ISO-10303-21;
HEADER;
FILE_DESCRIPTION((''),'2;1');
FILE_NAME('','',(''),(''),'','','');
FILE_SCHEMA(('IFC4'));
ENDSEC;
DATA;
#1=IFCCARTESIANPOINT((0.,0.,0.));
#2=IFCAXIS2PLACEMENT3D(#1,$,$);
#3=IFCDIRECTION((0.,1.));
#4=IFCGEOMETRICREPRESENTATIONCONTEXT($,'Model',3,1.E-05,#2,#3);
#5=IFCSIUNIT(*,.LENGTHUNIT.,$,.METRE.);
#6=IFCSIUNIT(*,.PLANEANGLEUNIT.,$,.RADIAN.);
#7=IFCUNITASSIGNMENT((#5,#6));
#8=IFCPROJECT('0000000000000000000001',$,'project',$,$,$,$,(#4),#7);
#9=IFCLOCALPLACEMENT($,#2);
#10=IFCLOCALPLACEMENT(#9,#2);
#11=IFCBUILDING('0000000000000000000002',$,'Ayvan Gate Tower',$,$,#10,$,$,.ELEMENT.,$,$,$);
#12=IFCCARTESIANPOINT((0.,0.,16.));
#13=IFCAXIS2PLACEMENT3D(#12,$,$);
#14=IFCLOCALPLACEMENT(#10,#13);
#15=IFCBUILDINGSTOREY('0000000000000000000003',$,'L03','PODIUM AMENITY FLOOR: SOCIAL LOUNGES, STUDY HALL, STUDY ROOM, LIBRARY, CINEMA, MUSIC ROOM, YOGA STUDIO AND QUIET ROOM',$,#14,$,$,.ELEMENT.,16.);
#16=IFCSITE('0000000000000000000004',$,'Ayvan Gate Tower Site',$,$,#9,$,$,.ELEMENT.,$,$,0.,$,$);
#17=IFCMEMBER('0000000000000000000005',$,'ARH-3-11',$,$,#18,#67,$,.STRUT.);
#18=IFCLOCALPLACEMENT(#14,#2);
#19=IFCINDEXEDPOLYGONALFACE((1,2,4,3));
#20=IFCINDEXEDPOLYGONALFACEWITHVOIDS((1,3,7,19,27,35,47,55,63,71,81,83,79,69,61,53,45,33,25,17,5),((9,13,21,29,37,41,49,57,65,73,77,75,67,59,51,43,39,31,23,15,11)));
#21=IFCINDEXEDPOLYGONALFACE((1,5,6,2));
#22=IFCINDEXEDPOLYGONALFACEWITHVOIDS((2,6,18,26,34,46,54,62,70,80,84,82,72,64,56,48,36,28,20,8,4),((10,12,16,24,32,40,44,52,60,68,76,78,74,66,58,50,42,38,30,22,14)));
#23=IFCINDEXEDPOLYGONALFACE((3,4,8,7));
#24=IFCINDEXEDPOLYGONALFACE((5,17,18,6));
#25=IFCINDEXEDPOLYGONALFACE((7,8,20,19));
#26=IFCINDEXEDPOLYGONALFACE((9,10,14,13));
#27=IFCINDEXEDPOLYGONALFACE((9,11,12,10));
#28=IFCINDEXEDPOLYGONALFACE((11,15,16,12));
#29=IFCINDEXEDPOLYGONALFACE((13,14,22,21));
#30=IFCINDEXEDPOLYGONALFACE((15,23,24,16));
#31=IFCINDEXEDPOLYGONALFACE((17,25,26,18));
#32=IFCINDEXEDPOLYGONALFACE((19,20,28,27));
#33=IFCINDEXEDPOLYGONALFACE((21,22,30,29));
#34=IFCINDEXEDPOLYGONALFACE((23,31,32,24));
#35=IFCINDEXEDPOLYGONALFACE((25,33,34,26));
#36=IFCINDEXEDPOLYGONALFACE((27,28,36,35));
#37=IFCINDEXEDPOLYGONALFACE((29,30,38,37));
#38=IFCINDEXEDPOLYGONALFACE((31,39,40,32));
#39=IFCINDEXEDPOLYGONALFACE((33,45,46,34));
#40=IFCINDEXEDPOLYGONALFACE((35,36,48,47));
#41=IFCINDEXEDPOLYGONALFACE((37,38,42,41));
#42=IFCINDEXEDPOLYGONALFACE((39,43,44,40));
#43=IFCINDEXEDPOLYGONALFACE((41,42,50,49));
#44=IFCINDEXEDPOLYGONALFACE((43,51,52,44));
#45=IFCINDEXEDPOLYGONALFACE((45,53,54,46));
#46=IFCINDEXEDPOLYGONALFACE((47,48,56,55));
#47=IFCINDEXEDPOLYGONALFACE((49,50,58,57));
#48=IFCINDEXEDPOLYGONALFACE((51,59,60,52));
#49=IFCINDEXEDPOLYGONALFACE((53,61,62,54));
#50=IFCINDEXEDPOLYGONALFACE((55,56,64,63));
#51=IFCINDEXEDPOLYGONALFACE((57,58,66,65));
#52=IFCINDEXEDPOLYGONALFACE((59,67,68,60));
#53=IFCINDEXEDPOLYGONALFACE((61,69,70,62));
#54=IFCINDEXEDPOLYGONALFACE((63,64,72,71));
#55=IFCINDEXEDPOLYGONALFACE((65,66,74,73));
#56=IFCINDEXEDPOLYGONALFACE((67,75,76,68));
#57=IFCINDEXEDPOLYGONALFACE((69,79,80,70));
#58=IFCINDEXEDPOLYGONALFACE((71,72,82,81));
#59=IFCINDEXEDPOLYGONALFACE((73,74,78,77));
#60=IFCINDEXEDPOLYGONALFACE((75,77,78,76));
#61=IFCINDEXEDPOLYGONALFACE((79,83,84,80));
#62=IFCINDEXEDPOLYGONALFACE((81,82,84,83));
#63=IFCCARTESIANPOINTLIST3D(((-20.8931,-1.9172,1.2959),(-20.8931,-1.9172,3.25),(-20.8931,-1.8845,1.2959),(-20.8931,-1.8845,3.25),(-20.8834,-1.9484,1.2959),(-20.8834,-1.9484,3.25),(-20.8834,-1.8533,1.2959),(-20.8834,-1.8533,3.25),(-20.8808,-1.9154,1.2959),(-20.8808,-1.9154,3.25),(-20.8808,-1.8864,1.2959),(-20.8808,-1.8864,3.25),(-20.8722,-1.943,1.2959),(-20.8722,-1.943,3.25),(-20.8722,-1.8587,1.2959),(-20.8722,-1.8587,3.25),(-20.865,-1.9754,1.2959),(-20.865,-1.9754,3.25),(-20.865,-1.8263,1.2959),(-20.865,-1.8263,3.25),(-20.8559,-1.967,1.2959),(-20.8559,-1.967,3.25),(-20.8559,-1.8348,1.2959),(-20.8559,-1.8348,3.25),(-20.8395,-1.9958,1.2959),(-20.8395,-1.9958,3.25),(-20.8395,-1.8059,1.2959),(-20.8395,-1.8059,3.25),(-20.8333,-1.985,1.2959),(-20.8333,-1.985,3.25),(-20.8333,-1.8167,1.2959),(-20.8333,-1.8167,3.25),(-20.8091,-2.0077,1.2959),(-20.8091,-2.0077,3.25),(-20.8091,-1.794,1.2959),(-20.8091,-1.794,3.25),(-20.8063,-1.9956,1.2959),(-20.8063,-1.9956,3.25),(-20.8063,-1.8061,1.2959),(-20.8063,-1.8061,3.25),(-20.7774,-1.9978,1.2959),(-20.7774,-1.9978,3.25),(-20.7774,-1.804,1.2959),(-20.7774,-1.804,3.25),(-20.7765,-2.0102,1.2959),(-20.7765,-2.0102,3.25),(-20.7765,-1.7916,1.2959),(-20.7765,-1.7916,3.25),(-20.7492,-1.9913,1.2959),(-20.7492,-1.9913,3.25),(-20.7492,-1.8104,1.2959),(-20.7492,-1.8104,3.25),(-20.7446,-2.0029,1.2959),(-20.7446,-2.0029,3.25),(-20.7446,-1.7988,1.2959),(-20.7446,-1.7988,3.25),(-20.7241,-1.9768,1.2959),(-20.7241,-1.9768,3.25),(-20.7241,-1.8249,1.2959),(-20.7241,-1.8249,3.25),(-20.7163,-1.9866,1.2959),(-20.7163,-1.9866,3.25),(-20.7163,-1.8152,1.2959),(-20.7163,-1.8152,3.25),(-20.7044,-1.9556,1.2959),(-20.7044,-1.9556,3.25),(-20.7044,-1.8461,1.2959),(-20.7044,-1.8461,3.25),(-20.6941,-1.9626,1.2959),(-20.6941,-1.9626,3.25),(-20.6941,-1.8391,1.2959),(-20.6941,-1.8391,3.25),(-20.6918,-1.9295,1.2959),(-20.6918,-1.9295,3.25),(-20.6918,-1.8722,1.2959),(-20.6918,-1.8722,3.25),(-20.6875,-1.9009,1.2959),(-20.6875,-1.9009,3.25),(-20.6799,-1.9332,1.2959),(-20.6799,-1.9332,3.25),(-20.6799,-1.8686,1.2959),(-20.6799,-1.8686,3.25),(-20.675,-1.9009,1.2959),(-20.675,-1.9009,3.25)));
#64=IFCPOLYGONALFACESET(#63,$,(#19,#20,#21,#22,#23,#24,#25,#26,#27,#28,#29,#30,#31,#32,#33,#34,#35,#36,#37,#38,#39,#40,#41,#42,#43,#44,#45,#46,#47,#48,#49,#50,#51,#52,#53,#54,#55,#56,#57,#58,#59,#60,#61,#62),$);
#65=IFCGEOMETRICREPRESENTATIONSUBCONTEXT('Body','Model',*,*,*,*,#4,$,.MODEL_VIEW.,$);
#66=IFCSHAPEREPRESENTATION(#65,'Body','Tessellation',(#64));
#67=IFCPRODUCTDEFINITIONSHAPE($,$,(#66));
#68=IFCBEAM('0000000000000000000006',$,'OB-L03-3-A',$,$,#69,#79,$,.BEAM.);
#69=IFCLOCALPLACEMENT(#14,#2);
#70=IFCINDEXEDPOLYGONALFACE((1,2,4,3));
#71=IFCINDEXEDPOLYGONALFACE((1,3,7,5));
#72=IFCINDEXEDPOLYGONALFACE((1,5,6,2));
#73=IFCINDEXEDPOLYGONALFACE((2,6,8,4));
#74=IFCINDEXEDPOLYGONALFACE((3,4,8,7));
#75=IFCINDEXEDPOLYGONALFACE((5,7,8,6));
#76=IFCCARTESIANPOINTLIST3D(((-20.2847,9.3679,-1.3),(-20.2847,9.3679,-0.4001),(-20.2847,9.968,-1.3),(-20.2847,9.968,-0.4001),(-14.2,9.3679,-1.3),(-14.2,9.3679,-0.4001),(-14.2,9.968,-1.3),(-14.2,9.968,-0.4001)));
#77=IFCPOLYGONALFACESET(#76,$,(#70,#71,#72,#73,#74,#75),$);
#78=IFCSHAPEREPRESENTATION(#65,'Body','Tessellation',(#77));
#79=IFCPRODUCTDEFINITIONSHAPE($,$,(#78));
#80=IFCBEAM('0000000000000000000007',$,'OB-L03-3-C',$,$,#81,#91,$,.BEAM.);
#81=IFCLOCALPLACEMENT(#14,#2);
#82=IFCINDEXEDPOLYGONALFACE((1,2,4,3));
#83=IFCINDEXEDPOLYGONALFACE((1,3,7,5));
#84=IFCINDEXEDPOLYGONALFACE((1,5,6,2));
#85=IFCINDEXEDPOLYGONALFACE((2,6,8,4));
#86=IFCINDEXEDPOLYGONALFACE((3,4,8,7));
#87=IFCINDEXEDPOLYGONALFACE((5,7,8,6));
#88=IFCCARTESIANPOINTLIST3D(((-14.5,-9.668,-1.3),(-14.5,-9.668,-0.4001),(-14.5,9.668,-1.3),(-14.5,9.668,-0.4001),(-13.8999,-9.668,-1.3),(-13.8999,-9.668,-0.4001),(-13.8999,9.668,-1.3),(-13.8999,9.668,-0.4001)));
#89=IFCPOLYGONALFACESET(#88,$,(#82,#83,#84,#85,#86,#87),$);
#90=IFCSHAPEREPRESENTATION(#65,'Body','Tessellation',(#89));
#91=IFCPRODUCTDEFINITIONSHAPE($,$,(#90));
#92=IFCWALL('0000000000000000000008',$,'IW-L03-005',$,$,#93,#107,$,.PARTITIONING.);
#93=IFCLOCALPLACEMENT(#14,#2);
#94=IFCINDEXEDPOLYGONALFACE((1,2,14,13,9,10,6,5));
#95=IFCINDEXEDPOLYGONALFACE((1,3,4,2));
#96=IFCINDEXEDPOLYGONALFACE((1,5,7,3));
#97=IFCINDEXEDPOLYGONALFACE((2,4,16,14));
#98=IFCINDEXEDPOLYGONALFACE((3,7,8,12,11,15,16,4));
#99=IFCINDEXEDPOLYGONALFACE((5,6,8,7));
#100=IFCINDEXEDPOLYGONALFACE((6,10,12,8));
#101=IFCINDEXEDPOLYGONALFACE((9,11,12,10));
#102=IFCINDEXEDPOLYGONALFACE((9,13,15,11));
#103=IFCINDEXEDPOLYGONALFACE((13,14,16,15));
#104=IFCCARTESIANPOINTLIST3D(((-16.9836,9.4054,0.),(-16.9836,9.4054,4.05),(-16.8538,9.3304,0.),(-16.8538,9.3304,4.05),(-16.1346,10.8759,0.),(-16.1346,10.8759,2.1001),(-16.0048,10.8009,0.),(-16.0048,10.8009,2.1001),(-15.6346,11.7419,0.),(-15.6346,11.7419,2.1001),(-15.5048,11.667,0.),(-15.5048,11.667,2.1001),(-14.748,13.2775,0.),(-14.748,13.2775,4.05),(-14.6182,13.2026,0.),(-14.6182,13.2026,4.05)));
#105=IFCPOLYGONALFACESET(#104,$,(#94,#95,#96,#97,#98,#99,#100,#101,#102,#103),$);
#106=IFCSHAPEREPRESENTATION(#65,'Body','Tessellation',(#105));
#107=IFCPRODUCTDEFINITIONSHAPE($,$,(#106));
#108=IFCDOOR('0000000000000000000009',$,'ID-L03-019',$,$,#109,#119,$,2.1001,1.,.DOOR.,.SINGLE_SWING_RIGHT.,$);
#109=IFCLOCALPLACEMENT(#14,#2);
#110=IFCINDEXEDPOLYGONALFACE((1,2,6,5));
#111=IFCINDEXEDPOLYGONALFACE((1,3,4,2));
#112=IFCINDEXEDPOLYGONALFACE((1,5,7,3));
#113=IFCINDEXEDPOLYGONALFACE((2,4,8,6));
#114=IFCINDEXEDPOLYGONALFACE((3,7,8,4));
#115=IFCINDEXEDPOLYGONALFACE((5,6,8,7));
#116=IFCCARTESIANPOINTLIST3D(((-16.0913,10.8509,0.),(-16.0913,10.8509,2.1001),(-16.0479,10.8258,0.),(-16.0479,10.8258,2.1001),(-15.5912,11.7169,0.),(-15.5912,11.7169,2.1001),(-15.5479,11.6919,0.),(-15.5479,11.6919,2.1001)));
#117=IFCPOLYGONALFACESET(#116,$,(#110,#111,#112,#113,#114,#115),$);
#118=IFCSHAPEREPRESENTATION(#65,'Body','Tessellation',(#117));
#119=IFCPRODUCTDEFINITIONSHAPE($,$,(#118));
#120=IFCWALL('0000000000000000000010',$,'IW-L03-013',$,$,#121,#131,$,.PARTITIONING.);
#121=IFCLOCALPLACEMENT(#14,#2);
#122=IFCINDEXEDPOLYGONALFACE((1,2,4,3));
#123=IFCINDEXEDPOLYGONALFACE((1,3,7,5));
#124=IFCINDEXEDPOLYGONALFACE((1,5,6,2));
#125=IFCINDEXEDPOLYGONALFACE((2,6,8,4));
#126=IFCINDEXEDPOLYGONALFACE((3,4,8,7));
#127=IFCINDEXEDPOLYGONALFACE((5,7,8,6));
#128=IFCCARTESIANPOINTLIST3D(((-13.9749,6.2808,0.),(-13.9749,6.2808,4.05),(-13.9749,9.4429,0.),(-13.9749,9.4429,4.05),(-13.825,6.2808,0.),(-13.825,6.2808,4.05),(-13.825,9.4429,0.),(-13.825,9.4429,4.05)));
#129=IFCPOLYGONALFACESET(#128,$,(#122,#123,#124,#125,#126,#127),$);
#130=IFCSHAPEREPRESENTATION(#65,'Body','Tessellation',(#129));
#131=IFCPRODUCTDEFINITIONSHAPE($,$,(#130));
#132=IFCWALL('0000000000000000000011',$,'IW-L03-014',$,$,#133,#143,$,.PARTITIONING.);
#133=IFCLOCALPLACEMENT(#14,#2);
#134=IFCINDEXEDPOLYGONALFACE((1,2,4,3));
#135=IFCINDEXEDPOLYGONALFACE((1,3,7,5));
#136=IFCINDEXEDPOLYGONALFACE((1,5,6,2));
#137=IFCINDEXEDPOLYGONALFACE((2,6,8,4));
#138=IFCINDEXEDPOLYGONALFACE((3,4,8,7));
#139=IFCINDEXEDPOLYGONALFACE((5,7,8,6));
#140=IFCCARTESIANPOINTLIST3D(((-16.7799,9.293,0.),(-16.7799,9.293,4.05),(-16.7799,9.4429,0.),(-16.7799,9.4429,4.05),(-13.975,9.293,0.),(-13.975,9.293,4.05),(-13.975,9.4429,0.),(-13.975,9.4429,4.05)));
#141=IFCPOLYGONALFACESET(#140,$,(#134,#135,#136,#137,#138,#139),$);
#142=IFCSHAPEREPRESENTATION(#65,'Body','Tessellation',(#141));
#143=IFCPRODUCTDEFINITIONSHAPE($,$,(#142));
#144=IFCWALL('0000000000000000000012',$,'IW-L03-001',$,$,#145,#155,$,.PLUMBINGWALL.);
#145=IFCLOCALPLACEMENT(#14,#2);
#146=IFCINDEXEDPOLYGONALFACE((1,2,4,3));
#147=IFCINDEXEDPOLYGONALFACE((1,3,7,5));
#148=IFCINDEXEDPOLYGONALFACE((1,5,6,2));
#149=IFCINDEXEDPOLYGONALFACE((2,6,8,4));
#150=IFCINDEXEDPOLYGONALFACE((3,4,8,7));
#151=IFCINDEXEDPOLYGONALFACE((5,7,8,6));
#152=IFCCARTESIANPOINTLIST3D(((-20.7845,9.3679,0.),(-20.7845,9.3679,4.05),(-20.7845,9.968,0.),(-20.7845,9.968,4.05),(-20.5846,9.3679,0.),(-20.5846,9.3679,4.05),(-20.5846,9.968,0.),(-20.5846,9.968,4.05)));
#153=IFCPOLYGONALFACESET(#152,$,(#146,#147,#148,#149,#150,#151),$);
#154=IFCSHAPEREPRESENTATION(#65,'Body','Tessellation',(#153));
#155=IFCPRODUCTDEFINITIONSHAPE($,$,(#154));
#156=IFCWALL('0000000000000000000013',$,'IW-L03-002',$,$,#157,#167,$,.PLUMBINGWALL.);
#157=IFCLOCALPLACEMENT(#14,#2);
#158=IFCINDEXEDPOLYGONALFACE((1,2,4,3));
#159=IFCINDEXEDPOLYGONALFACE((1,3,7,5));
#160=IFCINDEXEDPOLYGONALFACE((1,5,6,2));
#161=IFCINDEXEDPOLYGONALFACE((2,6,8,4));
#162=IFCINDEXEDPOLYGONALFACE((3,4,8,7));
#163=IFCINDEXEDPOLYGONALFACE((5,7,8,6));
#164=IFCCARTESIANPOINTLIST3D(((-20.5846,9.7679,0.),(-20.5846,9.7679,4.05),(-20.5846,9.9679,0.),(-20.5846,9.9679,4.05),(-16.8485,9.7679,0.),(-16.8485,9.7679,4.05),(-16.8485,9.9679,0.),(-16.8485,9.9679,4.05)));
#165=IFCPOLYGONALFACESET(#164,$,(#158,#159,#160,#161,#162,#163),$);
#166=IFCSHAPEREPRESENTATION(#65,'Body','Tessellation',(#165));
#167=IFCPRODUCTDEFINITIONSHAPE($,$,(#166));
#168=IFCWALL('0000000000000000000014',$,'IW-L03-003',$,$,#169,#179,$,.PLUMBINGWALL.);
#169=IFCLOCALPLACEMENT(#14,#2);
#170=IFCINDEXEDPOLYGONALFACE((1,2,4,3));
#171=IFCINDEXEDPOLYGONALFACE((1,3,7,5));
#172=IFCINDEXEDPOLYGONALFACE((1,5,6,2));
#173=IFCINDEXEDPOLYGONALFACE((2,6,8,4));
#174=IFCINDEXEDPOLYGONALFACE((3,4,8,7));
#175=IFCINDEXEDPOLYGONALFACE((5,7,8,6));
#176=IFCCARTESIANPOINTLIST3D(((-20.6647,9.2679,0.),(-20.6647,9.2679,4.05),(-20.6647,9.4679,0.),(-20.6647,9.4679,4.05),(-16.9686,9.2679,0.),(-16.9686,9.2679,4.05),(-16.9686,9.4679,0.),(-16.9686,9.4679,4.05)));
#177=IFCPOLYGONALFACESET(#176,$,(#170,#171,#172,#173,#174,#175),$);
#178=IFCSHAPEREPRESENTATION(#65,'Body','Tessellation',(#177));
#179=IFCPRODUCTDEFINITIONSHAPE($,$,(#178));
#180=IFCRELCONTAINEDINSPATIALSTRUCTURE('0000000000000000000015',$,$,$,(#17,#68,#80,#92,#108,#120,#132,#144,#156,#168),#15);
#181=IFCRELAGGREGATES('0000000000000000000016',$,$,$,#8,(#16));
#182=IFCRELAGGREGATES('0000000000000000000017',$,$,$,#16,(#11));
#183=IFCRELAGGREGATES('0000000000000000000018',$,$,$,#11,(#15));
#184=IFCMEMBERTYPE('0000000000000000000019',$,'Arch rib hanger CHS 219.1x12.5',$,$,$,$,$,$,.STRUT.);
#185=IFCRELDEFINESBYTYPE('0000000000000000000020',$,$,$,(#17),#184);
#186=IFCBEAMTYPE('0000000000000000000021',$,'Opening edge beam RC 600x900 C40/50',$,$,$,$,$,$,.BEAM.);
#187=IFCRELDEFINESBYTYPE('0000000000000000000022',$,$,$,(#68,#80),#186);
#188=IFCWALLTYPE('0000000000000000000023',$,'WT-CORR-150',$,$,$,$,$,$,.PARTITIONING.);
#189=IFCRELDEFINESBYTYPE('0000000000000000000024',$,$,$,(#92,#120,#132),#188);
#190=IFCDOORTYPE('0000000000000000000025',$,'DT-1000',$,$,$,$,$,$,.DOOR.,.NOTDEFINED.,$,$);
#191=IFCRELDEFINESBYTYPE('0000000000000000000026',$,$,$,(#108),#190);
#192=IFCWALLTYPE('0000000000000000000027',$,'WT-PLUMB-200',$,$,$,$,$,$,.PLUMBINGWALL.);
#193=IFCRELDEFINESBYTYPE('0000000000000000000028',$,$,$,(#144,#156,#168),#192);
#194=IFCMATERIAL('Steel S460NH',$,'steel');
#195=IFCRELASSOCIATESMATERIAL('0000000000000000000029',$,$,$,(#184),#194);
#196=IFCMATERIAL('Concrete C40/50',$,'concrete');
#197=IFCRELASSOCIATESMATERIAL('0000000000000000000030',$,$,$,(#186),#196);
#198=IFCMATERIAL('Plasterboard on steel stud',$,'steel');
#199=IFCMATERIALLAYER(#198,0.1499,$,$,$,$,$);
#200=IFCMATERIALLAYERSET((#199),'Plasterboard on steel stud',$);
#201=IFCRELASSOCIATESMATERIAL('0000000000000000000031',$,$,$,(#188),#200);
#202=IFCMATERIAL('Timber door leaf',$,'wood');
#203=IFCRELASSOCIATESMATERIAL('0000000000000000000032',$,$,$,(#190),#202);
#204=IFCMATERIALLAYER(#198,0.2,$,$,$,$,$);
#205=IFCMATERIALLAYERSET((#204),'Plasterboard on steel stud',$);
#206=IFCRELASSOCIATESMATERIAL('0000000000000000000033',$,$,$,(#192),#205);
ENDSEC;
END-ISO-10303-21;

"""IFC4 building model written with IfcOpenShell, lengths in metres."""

from ifc_helpers import new_model, si_unit, direction, frame, frame_2d, origin, origin_2d, place, context, subcontext, project, spatial, rectangle, hollow_circle, extrude, material, layer, layer_set, material_profile, profile_set, type_object, element, fill, save


model = new_model("IFC4")

# Units and contexts
model_context = context("Model", 3, precision=1e-05, world=origin(), true_north=direction((0.0, 1.0)))
body_context = subcontext(model_context, "Body", "Model", "MODEL_VIEW")
ifc_project = project(units=[si_unit("LENGTHUNIT", "METRE"), si_unit("PLANEANGLEUNIT", "RADIAN")], contexts=[model_context])

# Site, building, storey
site_placement = place(None, origin())
site = spatial("IfcSite", under=ifc_project, at=site_placement, Name="Ayvan Gate Tower Site", CompositionType="ELEMENT", RefElevation=0.0)
building_placement = place(site_placement, origin())
building = spatial("IfcBuilding", under=site, at=building_placement, Name="Ayvan Gate Tower", CompositionType="ELEMENT")
storey_placement = place(building_placement, frame((0.0, 0.0, 16.0)))
storey = spatial("IfcBuildingStorey", under=building, at=storey_placement, Name="L03", Description="PODIUM AMENITY FLOOR: SOCIAL LOUNGES, STUDY HALL, STUDY ROOM, LIBRARY, CINEMA, MUSIC ROOM, YOGA STUDIO AND QUIET ROOM", CompositionType="ELEMENT", Elevation=16.0)

# Member
ifc_material_1 = material(Name="Steel S460NH", Category="steel")
ifc_material_profile_1 = material_profile(ifc_material_1, hollow_circle(Radius=0.1096, WallThickness=0.0125, at=origin_2d()), Name="CHS 219.1x12.5")
ifc_profile_set_1 = profile_set([ifc_material_profile_1], Name="Steel S460NH")
member_type = type_object("IfcMemberType", Name="Arch rib hanger CHS 219.1x12.5", PredefinedType="STRUT", material=ifc_profile_set_1)
for number, where, z_axis, x_axis, name in (
    (1, (-20.7847, -1.9009, 1.2959), (0.0, 0.0, 1.0), (1.0, 0.0, 0.0), "ARH-3-11"),
):
    element("IfcMember", number, at=place(storey_placement, frame(where, z_axis=z_axis, x_axis=x_axis)), inside=storey, type_object=member_type, Name=name, PredefinedType="STRUT", context=body_context, shape_type="SweptSolid", body=[
        extrude(hollow_circle(Radius=0.1096, WallThickness=0.0125, at=origin_2d()), origin(), (0.0, 0.0, 1.0), 1.9541),
    ])

# Beams
ifc_material_2 = material(Name="Concrete C40/50", Category="concrete")
ifc_material_profile_2 = material_profile(ifc_material_2, rectangle(XDim=0.6001, YDim=0.8999, at=origin_2d()), Name="RC 600x900")
ifc_profile_set_2 = profile_set([ifc_material_profile_2], Name="Concrete C40/50")
beam_type_1 = type_object("IfcBeamType", Name="Opening edge beam RC 600x900 C40/50", PredefinedType="BEAM", material=ifc_profile_set_2)
beam_1_placement = place(storey_placement, frame((-20.2847, 9.668, -0.8501), z_axis=(1.0, 0.0, 0.0), x_axis=(0.0, 1.0, 0.0)))
element("IfcBeam", 2, at=beam_1_placement, inside=storey, type_object=beam_type_1, Name="OB-L03-3-A", PredefinedType="BEAM", context=body_context, shape_type="SweptSolid", body=[
    extrude(rectangle(XDim=0.6001, YDim=0.8999, at=origin_2d()), origin(), (0.0, 0.0, 1.0), 6.0847),
])
beam_2_placement = place(storey_placement, frame((-14.2, 9.668, -0.8501), z_axis=(0.0, -1.0, 0.0), x_axis=(1.0, 0.0, 0.0)))
element("IfcBeam", 3, at=beam_2_placement, inside=storey, type_object=beam_type_1, Name="OB-L03-3-C", PredefinedType="BEAM", context=body_context, shape_type="SweptSolid", body=[
    extrude(rectangle(XDim=0.6001, YDim=0.8999, at=origin_2d()), origin(), (0.0, 0.0, 1.0), 19.3359),
])

# Wall, opening, door
ifc_material_3 = material(Name="Plasterboard on steel stud", Category="steel")
ifc_layer_1 = layer(ifc_material_3, 0.1499)
ifc_layer_set_1 = layer_set([ifc_layer_1], Name="Plasterboard on steel stud")
wall_type_1 = type_object("IfcWallType", Name="WT-CORR-150", PredefinedType="PARTITIONING", material=ifc_layer_set_1)
wall_1_placement = place(storey_placement, frame((-16.9187, 9.3679, 0.0), z_axis=(0.0, 0.0, 1.0), x_axis=(0.500009, 0.86602, 0.0)))
wall_1 = element("IfcWall", 4, at=wall_1_placement, inside=storey, type_object=wall_type_1, Name="IW-L03-005", PredefinedType="PARTITIONING", context=body_context, shape_type="SweptSolid", body=[
    extrude(rectangle(XDim=4.4712, YDim=0.1499, at=frame_2d((2.2356, 0.0))), origin(), (0.0, 0.0, 1.0), 4.05),
])
opening_placement = place(wall_1_placement, frame((1.698, 0.0, 0.0)))
opening = element("IfcOpeningElement", 5, at=opening_placement, cuts=wall_1, PredefinedType="OPENING", context=body_context, shape_type="SweptSolid", body=[
    extrude(rectangle(XDim=1.0, YDim=2.1001, at=frame_2d((0.5, 1.05))), frame((0.0, 0.085, 0.0), z_axis=(0.0, -1.0, 0.0), x_axis=(1.0, 0.0, 0.0)), (0.0, 0.0, 1.0), 0.1699),
])
ifc_material_4 = material(Name="Timber door leaf", Category="wood")
door_type = type_object("IfcDoorType", Name="DT-1000", OperationType="NOTDEFINED", PredefinedType="DOOR", material=ifc_material_4)
door_placement = place(opening_placement, origin())
door = element("IfcDoor", 6, at=door_placement, inside=storey, type_object=door_type, Name="ID-L03-019", OperationType="SINGLE_SWING_RIGHT", OverallHeight=2.1001, OverallWidth=1.0, PredefinedType="DOOR", context=body_context, shape_type="SweptSolid", body=[
    extrude(rectangle(XDim=1.0, YDim=2.1001, at=frame_2d((0.5, 1.05))), frame((0.0, 0.0249, 0.0), z_axis=(0.0, -1.0, 0.0), x_axis=(1.0, 0.0, 0.0)), (0.0, 0.0, 1.0), 0.05),
])
fill(opening, door)

# Walls
wall_2_placement = place(storey_placement, frame((-13.8999, 6.2808, 0.0), z_axis=(0.0, 0.0, 1.0), x_axis=(0.0, 1.0, 0.0)))
element("IfcWall", 7, at=wall_2_placement, inside=storey, type_object=wall_type_1, Name="IW-L03-013", PredefinedType="PARTITIONING", context=body_context, shape_type="SweptSolid", body=[
    extrude(rectangle(XDim=3.1621, YDim=0.1499, at=frame_2d((1.5811, 0.0))), origin(), (0.0, 0.0, 1.0), 4.05),
])
wall_3_placement = place(storey_placement, frame((-13.9751, 9.3679, 0.0), z_axis=(0.0, 0.0, 1.0), x_axis=(-1.0, 0.0, 0.0)))
element("IfcWall", 8, at=wall_3_placement, inside=storey, type_object=wall_type_1, Name="IW-L03-014", PredefinedType="PARTITIONING", context=body_context, shape_type="SweptSolid", body=[
    extrude(rectangle(XDim=2.8049, YDim=0.1499, at=frame_2d((1.4023, 0.0))), origin(), (0.0, 0.0, 1.0), 4.05),
])
ifc_layer_2 = layer(ifc_material_3, 0.2)
ifc_layer_set_2 = layer_set([ifc_layer_2], Name="Plasterboard on steel stud")
wall_type_2 = type_object("IfcWallType", Name="WT-PLUMB-200", PredefinedType="PLUMBINGWALL", material=ifc_layer_set_2)
wall_4_placement = place(storey_placement, frame((-20.6846, 9.3679, 0.0), z_axis=(0.0, 0.0, 1.0), x_axis=(0.0, 1.0, 0.0)))
element("IfcWall", 9, at=wall_4_placement, inside=storey, type_object=wall_type_2, Name="IW-L03-001", PredefinedType="PLUMBINGWALL", context=body_context, shape_type="SweptSolid", body=[
    extrude(rectangle(XDim=0.6001, YDim=0.2, at=frame_2d((0.3, 0.0))), origin(), (0.0, 0.0, 1.0), 4.05),
])
wall_5_placement = place(storey_placement, frame((-20.5847, 9.8679, 0.0), z_axis=(0.0, 0.0, 1.0), x_axis=(1.0, 0.0, 0.0)))
element("IfcWall", 10, at=wall_5_placement, inside=storey, type_object=wall_type_2, Name="IW-L03-002", PredefinedType="PLUMBINGWALL", context=body_context, shape_type="SweptSolid", body=[
    extrude(rectangle(XDim=3.7361, YDim=0.2, at=frame_2d((1.8682, 0.0))), origin(), (0.0, 0.0, 1.0), 4.05),
])
wall_6_placement = place(storey_placement, frame((-16.9685, 9.3679, 0.0), z_axis=(0.0, 0.0, 1.0), x_axis=(-1.0, 0.0, 0.0)))
element("IfcWall", 11, at=wall_6_placement, inside=storey, type_object=wall_type_2, Name="IW-L03-003", PredefinedType="PLUMBINGWALL", context=body_context, shape_type="SweptSolid", body=[
    extrude(rectangle(XDim=3.696, YDim=0.2, at=frame_2d((1.8481, 0.0))), origin(), (0.0, 0.0, 1.0), 4.05),
])

save(model, "model.ifc")
